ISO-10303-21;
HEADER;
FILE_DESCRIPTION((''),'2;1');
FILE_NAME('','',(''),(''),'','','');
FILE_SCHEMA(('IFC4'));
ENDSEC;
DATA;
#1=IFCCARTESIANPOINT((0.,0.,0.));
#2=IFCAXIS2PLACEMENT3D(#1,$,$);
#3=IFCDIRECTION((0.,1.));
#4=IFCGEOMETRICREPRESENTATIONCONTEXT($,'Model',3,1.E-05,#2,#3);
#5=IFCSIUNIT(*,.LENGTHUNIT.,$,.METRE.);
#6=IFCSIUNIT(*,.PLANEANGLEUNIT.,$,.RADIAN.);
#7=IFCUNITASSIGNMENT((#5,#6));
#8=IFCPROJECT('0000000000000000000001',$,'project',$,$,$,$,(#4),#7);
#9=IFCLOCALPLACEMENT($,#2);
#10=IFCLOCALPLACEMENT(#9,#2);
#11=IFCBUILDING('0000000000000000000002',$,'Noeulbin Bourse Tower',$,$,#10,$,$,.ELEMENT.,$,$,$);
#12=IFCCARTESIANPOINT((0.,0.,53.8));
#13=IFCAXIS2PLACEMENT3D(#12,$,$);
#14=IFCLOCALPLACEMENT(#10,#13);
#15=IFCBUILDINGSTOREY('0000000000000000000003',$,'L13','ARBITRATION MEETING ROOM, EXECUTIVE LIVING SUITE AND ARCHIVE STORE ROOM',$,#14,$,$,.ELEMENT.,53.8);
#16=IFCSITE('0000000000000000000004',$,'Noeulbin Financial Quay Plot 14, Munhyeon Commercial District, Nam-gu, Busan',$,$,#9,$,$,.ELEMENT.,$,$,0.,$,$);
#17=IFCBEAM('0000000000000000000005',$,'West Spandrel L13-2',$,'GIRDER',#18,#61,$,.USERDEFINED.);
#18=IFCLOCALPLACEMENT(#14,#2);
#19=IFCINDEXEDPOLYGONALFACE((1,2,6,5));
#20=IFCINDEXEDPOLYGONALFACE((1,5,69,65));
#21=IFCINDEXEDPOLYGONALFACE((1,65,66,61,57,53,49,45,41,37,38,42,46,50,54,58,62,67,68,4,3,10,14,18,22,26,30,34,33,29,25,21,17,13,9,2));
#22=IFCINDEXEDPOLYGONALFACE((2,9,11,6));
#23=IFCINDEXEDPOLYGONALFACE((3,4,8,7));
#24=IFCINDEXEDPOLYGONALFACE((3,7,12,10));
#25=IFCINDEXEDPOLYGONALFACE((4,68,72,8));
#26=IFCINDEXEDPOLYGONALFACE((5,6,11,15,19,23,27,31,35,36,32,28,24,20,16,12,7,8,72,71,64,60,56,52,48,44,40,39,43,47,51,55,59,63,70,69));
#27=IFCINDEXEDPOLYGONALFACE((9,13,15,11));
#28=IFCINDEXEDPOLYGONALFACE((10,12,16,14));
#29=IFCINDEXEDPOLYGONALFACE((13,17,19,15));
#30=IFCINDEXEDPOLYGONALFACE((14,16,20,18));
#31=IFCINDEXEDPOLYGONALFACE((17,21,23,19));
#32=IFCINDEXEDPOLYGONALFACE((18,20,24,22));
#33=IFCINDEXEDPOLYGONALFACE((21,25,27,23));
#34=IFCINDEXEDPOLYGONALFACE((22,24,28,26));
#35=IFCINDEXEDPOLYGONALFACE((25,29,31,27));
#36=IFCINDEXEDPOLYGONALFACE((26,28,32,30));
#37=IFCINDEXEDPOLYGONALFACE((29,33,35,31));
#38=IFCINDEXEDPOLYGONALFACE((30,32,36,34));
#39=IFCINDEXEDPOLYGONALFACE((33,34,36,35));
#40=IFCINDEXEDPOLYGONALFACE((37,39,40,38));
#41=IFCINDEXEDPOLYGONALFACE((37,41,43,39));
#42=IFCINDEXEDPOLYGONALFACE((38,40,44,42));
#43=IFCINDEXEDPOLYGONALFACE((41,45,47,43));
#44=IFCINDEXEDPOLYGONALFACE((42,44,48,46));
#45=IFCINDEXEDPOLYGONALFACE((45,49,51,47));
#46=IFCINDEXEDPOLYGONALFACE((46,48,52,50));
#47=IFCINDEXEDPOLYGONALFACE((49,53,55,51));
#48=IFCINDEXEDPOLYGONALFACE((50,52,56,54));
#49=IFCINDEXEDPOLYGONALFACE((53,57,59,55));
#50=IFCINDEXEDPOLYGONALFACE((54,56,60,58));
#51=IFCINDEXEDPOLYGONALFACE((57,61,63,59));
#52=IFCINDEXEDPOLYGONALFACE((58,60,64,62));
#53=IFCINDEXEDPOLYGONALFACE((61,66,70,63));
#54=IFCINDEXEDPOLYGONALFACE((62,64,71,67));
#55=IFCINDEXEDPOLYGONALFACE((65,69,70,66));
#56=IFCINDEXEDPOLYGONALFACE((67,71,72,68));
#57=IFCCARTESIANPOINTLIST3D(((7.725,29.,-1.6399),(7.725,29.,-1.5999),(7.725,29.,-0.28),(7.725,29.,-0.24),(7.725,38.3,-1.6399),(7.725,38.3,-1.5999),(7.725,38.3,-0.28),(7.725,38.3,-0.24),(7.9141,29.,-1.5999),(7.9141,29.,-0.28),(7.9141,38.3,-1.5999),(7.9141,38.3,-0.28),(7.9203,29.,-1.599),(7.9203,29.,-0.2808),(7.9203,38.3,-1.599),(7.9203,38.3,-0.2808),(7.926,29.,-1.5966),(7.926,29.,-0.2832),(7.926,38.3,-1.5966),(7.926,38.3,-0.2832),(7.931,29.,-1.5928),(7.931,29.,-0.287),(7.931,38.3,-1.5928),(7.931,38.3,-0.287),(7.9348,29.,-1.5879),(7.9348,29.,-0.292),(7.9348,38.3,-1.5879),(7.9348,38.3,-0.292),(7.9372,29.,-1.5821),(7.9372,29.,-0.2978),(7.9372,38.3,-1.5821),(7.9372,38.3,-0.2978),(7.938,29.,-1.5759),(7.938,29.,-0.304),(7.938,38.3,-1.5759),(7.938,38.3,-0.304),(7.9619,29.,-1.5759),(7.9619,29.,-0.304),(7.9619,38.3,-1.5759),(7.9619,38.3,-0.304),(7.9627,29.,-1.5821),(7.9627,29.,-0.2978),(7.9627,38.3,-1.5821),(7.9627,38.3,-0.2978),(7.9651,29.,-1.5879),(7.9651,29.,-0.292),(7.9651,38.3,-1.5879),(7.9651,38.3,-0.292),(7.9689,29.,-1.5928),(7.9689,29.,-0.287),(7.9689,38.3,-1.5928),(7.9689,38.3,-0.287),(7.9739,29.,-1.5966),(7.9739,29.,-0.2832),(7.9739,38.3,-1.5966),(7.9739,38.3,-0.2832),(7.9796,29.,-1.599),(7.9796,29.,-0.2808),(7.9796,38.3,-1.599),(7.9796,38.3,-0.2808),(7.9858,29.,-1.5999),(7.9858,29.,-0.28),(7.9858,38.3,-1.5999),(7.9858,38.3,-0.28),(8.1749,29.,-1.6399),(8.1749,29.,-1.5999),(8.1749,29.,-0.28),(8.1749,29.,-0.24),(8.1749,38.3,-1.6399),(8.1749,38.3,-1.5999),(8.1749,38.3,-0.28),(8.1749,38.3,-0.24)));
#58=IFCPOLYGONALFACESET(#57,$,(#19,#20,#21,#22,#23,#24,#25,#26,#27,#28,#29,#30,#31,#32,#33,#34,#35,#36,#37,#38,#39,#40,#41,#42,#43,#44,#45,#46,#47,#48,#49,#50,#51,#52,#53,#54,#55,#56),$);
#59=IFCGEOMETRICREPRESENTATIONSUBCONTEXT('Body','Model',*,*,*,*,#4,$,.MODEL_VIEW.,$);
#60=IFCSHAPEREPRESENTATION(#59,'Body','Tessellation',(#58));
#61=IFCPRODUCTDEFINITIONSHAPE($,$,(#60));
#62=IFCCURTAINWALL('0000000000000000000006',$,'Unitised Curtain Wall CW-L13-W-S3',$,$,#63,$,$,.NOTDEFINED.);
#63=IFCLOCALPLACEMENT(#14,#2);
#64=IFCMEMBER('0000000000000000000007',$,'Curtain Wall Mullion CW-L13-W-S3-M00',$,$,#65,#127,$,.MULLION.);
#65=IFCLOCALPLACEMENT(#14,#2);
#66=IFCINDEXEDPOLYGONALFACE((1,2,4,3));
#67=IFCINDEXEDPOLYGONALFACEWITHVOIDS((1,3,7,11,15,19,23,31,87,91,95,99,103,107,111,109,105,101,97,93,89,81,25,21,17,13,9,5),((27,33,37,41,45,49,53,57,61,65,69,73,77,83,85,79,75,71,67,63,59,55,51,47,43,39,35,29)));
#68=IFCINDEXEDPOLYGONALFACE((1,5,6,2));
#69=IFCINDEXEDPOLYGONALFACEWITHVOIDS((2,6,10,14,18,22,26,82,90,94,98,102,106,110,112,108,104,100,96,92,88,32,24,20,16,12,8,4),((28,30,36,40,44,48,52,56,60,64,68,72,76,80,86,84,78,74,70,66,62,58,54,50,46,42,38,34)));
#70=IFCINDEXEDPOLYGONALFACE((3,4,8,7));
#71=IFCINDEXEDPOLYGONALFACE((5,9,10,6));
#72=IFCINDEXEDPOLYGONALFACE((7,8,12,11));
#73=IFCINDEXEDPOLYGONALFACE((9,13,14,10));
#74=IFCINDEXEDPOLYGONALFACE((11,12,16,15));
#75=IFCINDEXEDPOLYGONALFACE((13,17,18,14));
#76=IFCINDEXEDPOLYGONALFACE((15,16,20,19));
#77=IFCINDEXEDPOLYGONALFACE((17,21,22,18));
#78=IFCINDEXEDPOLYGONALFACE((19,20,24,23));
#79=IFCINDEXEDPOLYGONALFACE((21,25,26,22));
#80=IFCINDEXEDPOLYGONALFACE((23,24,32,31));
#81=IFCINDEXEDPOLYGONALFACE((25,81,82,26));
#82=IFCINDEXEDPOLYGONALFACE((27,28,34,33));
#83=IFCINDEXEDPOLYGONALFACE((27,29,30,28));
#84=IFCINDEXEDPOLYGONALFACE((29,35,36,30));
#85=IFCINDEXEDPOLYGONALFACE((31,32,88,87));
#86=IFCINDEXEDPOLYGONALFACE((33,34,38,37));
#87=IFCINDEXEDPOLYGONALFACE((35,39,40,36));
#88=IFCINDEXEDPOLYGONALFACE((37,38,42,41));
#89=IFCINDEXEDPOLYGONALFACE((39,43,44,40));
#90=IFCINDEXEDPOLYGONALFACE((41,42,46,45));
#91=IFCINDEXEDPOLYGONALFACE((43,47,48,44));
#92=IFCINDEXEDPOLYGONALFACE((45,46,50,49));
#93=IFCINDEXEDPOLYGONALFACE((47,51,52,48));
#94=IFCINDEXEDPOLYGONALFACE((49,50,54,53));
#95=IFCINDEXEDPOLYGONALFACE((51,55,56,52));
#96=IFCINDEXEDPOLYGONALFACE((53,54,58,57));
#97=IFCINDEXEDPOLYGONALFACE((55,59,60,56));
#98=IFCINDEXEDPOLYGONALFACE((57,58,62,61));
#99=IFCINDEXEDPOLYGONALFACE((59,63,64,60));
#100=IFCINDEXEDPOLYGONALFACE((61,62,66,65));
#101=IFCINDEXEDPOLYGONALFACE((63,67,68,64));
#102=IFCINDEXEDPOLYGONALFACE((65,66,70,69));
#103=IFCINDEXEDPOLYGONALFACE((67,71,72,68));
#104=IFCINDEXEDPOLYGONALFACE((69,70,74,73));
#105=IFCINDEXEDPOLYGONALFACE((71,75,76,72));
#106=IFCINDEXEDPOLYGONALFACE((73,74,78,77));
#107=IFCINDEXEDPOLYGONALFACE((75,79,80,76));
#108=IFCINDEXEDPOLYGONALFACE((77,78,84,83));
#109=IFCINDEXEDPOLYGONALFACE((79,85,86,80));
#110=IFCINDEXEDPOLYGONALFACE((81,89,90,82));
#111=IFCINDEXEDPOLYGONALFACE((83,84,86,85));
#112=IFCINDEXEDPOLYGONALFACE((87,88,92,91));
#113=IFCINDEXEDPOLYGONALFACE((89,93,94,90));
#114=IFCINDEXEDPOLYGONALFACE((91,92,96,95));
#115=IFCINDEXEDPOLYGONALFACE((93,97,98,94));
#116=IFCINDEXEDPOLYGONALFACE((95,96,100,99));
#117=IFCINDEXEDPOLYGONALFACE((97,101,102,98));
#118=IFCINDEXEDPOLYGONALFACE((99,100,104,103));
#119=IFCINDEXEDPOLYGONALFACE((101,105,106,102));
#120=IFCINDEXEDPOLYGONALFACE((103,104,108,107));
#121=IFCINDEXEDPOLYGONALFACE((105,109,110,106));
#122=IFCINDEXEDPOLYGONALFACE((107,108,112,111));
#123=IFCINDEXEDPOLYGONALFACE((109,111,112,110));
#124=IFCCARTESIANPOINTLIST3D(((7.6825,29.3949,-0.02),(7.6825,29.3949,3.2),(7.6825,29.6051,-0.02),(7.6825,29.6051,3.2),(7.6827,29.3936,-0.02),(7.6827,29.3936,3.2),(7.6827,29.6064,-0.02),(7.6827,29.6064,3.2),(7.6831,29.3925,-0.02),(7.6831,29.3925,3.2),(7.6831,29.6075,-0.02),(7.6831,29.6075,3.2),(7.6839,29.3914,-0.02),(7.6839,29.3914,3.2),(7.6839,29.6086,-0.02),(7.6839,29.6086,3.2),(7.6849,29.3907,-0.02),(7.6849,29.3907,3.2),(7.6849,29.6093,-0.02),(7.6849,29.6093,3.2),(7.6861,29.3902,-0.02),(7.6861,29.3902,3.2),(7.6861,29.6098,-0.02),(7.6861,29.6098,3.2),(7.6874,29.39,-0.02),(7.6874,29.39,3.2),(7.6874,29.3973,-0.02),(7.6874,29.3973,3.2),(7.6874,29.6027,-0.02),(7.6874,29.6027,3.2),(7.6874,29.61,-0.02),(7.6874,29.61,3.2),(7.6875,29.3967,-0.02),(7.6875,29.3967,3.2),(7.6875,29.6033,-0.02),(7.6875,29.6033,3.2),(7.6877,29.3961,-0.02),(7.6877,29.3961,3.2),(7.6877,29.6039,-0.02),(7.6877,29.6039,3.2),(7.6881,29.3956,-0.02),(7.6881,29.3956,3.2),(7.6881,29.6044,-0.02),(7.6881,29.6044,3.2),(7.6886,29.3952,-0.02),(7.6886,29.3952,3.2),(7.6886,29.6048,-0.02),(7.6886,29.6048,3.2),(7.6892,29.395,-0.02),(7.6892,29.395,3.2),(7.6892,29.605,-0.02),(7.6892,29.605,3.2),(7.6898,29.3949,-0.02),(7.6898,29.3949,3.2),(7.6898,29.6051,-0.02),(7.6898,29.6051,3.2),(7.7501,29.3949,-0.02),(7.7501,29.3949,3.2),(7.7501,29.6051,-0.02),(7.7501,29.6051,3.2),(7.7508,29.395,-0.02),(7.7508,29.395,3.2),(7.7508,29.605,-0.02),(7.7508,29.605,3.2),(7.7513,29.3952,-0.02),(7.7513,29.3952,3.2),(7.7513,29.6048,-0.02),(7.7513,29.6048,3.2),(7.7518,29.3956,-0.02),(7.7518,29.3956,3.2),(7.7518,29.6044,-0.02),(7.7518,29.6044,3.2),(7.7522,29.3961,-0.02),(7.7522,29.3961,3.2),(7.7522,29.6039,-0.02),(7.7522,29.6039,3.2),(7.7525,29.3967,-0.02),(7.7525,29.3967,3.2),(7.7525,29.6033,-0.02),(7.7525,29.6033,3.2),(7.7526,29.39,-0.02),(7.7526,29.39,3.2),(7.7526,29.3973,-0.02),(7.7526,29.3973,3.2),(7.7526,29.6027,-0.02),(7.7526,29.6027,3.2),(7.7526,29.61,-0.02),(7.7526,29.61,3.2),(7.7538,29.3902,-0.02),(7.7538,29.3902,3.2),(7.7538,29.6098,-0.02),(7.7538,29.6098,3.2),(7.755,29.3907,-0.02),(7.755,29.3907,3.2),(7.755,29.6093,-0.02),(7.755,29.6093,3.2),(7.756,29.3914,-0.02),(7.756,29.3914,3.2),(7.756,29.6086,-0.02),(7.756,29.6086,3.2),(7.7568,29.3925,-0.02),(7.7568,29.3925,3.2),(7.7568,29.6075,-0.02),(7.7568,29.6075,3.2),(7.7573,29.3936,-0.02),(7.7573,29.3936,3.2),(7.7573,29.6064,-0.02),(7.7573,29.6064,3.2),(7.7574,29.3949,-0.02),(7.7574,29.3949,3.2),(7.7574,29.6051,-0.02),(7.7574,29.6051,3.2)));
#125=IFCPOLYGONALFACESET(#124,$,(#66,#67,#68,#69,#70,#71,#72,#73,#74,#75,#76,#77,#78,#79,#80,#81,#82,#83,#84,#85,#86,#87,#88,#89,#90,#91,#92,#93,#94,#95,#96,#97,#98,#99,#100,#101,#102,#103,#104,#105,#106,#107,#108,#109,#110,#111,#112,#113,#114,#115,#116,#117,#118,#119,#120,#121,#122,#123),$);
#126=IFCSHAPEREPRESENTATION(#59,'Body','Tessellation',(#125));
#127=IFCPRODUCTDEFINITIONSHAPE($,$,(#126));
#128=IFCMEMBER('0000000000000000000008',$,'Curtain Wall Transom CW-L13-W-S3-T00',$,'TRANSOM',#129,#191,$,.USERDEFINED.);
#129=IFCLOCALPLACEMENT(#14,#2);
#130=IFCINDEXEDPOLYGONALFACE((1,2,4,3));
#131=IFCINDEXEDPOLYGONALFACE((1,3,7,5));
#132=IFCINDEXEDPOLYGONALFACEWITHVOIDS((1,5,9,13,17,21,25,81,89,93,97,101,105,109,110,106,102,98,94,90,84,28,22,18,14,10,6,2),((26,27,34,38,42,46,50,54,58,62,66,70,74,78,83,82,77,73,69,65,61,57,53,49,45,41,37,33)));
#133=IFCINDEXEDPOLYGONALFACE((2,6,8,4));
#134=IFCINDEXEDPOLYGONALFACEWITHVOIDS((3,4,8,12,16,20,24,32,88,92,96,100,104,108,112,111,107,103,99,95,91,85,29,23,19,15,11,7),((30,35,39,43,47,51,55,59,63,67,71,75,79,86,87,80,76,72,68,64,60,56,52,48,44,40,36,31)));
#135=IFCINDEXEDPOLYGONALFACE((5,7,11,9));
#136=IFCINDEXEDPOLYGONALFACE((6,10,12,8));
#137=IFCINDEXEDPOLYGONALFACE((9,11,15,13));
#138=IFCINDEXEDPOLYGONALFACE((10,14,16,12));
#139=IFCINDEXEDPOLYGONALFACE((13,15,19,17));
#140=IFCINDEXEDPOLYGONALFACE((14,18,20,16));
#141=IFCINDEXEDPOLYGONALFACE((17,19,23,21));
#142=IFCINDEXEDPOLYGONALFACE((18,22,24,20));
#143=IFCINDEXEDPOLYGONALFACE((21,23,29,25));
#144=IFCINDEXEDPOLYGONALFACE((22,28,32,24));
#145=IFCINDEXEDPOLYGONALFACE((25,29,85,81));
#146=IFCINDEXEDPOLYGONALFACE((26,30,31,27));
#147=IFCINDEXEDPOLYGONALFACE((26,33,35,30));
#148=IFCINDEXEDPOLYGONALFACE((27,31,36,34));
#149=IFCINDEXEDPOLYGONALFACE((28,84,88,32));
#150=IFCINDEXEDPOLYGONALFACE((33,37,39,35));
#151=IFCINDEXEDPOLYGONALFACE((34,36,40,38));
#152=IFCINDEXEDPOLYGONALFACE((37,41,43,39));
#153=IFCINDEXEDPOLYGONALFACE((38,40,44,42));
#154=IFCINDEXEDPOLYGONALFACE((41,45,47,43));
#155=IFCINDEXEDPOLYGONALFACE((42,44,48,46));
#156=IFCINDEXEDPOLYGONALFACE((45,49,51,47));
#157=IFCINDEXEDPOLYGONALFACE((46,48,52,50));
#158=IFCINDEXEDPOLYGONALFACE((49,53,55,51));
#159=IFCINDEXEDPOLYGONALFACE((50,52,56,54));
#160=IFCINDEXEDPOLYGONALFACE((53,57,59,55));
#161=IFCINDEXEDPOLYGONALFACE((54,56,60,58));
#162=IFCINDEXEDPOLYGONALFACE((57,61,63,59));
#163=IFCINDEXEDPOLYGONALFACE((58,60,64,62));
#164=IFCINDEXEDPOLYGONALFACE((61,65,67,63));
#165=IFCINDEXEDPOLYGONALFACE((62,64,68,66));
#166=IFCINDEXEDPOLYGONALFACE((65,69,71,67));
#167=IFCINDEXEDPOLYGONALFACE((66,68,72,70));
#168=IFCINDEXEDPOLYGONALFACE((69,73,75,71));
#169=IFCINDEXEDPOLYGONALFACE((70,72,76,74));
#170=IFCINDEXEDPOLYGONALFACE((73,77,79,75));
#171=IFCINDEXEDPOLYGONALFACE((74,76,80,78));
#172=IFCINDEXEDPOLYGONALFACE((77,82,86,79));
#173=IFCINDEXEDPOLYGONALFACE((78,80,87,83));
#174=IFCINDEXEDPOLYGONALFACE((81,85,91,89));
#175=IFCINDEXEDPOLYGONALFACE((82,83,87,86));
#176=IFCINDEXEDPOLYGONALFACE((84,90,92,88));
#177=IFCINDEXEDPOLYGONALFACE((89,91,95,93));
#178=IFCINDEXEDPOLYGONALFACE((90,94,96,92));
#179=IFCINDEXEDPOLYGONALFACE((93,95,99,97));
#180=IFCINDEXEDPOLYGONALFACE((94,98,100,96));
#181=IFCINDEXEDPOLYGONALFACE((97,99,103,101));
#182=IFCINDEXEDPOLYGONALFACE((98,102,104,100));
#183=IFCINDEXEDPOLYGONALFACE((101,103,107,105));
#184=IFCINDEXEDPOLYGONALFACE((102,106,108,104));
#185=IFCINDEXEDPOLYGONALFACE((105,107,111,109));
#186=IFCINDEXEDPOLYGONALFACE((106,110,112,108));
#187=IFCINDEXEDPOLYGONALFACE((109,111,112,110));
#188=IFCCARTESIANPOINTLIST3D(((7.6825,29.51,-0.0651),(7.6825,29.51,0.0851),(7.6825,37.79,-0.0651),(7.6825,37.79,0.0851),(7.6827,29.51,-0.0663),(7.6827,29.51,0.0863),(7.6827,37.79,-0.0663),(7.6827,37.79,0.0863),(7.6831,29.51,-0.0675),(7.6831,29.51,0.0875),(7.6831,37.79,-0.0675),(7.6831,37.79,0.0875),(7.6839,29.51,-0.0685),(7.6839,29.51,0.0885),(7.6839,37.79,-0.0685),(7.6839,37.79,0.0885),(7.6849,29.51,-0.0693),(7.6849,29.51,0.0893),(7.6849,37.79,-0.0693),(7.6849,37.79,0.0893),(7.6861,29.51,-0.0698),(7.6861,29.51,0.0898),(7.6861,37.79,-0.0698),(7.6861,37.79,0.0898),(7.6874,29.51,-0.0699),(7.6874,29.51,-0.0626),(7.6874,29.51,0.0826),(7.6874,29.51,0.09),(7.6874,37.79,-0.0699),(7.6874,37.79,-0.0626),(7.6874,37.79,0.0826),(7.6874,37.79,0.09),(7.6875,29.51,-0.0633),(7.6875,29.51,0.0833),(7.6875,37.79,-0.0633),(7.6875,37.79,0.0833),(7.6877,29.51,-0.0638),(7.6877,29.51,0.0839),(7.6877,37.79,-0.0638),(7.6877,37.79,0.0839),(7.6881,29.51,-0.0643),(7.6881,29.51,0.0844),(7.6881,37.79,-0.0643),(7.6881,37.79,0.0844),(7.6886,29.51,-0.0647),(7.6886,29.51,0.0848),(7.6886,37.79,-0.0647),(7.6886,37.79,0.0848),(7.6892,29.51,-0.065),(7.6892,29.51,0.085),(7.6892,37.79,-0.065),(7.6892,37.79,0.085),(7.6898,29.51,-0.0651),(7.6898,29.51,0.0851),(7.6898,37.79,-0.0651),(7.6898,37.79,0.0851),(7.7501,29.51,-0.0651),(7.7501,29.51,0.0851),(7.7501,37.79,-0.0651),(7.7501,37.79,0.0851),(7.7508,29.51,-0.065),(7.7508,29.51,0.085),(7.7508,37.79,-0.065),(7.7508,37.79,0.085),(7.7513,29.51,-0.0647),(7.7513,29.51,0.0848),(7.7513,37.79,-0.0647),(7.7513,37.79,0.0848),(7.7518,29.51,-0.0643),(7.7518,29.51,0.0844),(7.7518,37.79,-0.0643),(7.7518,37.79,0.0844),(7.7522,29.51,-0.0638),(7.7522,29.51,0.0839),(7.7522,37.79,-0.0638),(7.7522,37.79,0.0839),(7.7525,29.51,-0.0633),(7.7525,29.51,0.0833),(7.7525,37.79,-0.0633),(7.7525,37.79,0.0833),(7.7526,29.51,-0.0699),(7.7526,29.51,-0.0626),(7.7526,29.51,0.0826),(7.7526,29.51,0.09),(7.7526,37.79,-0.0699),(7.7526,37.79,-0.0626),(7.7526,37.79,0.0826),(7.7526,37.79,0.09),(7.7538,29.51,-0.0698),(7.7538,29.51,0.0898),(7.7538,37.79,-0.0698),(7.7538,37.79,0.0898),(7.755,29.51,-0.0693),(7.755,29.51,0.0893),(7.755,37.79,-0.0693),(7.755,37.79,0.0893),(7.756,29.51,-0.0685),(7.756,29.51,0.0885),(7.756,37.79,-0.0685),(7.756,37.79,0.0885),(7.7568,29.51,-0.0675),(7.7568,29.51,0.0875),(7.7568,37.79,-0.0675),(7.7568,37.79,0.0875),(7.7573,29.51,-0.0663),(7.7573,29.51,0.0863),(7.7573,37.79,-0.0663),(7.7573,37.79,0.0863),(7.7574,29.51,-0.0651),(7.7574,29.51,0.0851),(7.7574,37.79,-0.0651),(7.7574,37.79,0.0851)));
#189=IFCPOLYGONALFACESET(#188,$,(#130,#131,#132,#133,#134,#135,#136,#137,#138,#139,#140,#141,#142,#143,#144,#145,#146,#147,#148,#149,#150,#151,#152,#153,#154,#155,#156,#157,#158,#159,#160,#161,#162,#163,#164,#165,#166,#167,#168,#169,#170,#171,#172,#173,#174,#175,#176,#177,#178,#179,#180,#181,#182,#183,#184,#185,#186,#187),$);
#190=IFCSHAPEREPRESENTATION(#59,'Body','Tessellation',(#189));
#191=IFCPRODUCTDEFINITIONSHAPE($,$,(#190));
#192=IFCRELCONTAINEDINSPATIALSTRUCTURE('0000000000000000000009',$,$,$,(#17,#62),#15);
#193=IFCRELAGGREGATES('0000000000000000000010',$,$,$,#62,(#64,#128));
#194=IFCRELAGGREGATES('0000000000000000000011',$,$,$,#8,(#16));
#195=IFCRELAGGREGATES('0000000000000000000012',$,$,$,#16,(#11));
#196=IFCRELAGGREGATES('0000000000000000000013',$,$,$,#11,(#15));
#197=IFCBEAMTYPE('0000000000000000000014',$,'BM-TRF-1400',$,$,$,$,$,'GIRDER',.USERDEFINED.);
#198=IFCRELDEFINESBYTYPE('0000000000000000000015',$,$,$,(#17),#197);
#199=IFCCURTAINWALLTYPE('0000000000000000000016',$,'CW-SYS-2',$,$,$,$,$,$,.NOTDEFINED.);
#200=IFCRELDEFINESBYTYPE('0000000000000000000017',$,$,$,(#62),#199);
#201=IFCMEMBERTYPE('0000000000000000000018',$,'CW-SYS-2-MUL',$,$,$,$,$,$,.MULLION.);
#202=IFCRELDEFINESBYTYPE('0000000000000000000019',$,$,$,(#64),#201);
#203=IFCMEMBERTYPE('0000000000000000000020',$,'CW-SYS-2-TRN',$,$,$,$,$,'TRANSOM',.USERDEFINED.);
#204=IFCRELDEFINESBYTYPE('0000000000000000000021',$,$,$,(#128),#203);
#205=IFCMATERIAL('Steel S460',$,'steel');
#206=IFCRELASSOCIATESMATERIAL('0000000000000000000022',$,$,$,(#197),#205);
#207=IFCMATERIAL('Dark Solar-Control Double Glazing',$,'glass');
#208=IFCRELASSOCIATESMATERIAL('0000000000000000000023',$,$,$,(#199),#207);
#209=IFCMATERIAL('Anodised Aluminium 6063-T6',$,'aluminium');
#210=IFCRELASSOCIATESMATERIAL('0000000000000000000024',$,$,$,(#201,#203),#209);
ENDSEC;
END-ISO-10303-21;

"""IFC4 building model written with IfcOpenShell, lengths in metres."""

from ifc_helpers import new_model, si_unit, direction, frame, origin, origin_2d, place, context, subcontext, project, spatial, hollow_rectangle, i_section, extrude, material, material_profile, profile_set, type_object, element, aggregate, save


model = new_model("IFC4")

# Units and contexts
model_context = context("Model", 3, precision=1e-05, world=origin(), true_north=direction((0.0, 1.0)))
body_context = subcontext(model_context, "Body", "Model", "MODEL_VIEW")
ifc_project = project(units=[si_unit("LENGTHUNIT", "METRE"), si_unit("PLANEANGLEUNIT", "RADIAN")], contexts=[model_context])

# Site, building, storey
site_placement = place(None, origin())
site = spatial("IfcSite", under=ifc_project, at=site_placement, Name="Noeulbin Financial Quay Plot 14, Munhyeon Commercial District, Nam-gu, Busan", CompositionType="ELEMENT", RefElevation=0.0)
building_placement = place(site_placement, origin())
building = spatial("IfcBuilding", under=site, at=building_placement, Name="Noeulbin Bourse Tower", CompositionType="ELEMENT")
storey_placement = place(building_placement, frame((0.0, 0.0, 53.8)))
storey = spatial("IfcBuildingStorey", under=building, at=storey_placement, Name="L13", Description="ARBITRATION MEETING ROOM, EXECUTIVE LIVING SUITE AND ARCHIVE STORE ROOM", CompositionType="ELEMENT", Elevation=53.8)

# Shared definitions
ifc_material_1 = material(Name="Steel S460", Category="steel")

# Beam
ifc_material_profile_1 = material_profile(ifc_material_1, i_section(OverallWidth=0.45, OverallDepth=1.3999, WebThickness=0.0239, FlangeThickness=0.04, FilletRadius=0.0239, at=origin_2d()), Name="PG-1400x450x24x40", Category="LoadBearing")
ifc_profile_set_1 = profile_set([ifc_material_profile_1], Name="Steel S460")
beam_type = type_object("IfcBeamType", Name="BM-TRF-1400", ElementType="GIRDER", PredefinedType="USERDEFINED", material=ifc_profile_set_1)
for number, where, z_axis, x_axis, name in (
    (1, (7.95, 29.0, -0.9399), (0.0, 1.0, 0.0), (-1.0, 0.0, 0.0), "West Spandrel L13-2"),
):
    element("IfcBeam", number, at=place(storey_placement, frame(where, z_axis=z_axis, x_axis=x_axis)), inside=storey, type_object=beam_type, Name=name, ObjectType="GIRDER", PredefinedType="USERDEFINED", context=body_context, shape_type="SweptSolid", body=[
        extrude(i_section(OverallWidth=0.45, OverallDepth=1.3999, WebThickness=0.0239, FlangeThickness=0.04, FilletRadius=0.0239, at=origin_2d()), origin(), (0.0, 0.0, 1.0), 9.3),
    ])

# Curtain wall, members
ifc_material_2 = material(Name="Dark Solar-Control Double Glazing", Category="glass")
curtain_wall_type = type_object("IfcCurtainWallType", Name="CW-SYS-2", PredefinedType="NOTDEFINED", material=ifc_material_2)
curtain_wall_placement = place(storey_placement, origin())
curtain_wall = element("IfcCurtainWall", 2, at=curtain_wall_placement, inside=storey, type_object=curtain_wall_type, Name="Unitised Curtain Wall CW-L13-W-S3", PredefinedType="NOTDEFINED")
ifc_material_3 = material(Name="Anodised Aluminium 6063-T6", Category="aluminium")
ifc_material_profile_2 = material_profile(ifc_material_3, hollow_rectangle(XDim=0.075, YDim=0.22, WallThickness=0.0049, InnerFilletRadius=0.0024, OuterFilletRadius=0.0049, at=origin_2d()), Name="ALU-MULL-75x220x5", Category="LoadBearing")
ifc_profile_set_2 = profile_set([ifc_material_profile_2], Name="Anodised Aluminium 6063-T6")
member_type_1 = type_object("IfcMemberType", Name="CW-SYS-2-MUL", PredefinedType="MULLION", material=ifc_profile_set_2)
member_1_placement = place(storey_placement, frame((7.72, 29.5, -0.02), z_axis=(0.0, 0.0, 1.0), x_axis=(1.0, 0.0, 0.0)))
member_1 = element("IfcMember", 3, at=member_1_placement, type_object=member_type_1, Name="Curtain Wall Mullion CW-L13-W-S3-M00", PredefinedType="MULLION", context=body_context, shape_type="SweptSolid", body=[
    extrude(hollow_rectangle(XDim=0.075, YDim=0.22, WallThickness=0.0049, InnerFilletRadius=0.0024, OuterFilletRadius=0.0049, at=origin_2d()), origin(), (0.0, 0.0, 1.0), 3.22),
])
ifc_material_profile_3 = material_profile(ifc_material_3, hollow_rectangle(XDim=0.075, YDim=0.1599, WallThickness=0.0049, InnerFilletRadius=0.0024, OuterFilletRadius=0.0049, at=origin_2d()), Name="ALU-TRAN-75x160x5", Category="LoadBearing")
ifc_profile_set_3 = profile_set([ifc_material_profile_3], Name="Anodised Aluminium 6063-T6")
member_type_2 = type_object("IfcMemberType", Name="CW-SYS-2-TRN", ElementType="TRANSOM", PredefinedType="USERDEFINED", material=ifc_profile_set_3)
member_2_placement = place(storey_placement, frame((7.72, 29.51, 0.01), z_axis=(0.0, 1.0, 0.0), x_axis=(-1.0, 0.0, 0.0)))
member_2 = element("IfcMember", 4, at=member_2_placement, type_object=member_type_2, Name="Curtain Wall Transom CW-L13-W-S3-T00", ObjectType="TRANSOM", PredefinedType="USERDEFINED", context=body_context, shape_type="SweptSolid", body=[
    extrude(hollow_rectangle(XDim=0.075, YDim=0.1599, WallThickness=0.0049, InnerFilletRadius=0.0024, OuterFilletRadius=0.0049, at=origin_2d()), origin(), (0.0, 0.0, 1.0), 8.28),
])
aggregate(curtain_wall, [member_1, member_2])

save(model, "model.ifc")
